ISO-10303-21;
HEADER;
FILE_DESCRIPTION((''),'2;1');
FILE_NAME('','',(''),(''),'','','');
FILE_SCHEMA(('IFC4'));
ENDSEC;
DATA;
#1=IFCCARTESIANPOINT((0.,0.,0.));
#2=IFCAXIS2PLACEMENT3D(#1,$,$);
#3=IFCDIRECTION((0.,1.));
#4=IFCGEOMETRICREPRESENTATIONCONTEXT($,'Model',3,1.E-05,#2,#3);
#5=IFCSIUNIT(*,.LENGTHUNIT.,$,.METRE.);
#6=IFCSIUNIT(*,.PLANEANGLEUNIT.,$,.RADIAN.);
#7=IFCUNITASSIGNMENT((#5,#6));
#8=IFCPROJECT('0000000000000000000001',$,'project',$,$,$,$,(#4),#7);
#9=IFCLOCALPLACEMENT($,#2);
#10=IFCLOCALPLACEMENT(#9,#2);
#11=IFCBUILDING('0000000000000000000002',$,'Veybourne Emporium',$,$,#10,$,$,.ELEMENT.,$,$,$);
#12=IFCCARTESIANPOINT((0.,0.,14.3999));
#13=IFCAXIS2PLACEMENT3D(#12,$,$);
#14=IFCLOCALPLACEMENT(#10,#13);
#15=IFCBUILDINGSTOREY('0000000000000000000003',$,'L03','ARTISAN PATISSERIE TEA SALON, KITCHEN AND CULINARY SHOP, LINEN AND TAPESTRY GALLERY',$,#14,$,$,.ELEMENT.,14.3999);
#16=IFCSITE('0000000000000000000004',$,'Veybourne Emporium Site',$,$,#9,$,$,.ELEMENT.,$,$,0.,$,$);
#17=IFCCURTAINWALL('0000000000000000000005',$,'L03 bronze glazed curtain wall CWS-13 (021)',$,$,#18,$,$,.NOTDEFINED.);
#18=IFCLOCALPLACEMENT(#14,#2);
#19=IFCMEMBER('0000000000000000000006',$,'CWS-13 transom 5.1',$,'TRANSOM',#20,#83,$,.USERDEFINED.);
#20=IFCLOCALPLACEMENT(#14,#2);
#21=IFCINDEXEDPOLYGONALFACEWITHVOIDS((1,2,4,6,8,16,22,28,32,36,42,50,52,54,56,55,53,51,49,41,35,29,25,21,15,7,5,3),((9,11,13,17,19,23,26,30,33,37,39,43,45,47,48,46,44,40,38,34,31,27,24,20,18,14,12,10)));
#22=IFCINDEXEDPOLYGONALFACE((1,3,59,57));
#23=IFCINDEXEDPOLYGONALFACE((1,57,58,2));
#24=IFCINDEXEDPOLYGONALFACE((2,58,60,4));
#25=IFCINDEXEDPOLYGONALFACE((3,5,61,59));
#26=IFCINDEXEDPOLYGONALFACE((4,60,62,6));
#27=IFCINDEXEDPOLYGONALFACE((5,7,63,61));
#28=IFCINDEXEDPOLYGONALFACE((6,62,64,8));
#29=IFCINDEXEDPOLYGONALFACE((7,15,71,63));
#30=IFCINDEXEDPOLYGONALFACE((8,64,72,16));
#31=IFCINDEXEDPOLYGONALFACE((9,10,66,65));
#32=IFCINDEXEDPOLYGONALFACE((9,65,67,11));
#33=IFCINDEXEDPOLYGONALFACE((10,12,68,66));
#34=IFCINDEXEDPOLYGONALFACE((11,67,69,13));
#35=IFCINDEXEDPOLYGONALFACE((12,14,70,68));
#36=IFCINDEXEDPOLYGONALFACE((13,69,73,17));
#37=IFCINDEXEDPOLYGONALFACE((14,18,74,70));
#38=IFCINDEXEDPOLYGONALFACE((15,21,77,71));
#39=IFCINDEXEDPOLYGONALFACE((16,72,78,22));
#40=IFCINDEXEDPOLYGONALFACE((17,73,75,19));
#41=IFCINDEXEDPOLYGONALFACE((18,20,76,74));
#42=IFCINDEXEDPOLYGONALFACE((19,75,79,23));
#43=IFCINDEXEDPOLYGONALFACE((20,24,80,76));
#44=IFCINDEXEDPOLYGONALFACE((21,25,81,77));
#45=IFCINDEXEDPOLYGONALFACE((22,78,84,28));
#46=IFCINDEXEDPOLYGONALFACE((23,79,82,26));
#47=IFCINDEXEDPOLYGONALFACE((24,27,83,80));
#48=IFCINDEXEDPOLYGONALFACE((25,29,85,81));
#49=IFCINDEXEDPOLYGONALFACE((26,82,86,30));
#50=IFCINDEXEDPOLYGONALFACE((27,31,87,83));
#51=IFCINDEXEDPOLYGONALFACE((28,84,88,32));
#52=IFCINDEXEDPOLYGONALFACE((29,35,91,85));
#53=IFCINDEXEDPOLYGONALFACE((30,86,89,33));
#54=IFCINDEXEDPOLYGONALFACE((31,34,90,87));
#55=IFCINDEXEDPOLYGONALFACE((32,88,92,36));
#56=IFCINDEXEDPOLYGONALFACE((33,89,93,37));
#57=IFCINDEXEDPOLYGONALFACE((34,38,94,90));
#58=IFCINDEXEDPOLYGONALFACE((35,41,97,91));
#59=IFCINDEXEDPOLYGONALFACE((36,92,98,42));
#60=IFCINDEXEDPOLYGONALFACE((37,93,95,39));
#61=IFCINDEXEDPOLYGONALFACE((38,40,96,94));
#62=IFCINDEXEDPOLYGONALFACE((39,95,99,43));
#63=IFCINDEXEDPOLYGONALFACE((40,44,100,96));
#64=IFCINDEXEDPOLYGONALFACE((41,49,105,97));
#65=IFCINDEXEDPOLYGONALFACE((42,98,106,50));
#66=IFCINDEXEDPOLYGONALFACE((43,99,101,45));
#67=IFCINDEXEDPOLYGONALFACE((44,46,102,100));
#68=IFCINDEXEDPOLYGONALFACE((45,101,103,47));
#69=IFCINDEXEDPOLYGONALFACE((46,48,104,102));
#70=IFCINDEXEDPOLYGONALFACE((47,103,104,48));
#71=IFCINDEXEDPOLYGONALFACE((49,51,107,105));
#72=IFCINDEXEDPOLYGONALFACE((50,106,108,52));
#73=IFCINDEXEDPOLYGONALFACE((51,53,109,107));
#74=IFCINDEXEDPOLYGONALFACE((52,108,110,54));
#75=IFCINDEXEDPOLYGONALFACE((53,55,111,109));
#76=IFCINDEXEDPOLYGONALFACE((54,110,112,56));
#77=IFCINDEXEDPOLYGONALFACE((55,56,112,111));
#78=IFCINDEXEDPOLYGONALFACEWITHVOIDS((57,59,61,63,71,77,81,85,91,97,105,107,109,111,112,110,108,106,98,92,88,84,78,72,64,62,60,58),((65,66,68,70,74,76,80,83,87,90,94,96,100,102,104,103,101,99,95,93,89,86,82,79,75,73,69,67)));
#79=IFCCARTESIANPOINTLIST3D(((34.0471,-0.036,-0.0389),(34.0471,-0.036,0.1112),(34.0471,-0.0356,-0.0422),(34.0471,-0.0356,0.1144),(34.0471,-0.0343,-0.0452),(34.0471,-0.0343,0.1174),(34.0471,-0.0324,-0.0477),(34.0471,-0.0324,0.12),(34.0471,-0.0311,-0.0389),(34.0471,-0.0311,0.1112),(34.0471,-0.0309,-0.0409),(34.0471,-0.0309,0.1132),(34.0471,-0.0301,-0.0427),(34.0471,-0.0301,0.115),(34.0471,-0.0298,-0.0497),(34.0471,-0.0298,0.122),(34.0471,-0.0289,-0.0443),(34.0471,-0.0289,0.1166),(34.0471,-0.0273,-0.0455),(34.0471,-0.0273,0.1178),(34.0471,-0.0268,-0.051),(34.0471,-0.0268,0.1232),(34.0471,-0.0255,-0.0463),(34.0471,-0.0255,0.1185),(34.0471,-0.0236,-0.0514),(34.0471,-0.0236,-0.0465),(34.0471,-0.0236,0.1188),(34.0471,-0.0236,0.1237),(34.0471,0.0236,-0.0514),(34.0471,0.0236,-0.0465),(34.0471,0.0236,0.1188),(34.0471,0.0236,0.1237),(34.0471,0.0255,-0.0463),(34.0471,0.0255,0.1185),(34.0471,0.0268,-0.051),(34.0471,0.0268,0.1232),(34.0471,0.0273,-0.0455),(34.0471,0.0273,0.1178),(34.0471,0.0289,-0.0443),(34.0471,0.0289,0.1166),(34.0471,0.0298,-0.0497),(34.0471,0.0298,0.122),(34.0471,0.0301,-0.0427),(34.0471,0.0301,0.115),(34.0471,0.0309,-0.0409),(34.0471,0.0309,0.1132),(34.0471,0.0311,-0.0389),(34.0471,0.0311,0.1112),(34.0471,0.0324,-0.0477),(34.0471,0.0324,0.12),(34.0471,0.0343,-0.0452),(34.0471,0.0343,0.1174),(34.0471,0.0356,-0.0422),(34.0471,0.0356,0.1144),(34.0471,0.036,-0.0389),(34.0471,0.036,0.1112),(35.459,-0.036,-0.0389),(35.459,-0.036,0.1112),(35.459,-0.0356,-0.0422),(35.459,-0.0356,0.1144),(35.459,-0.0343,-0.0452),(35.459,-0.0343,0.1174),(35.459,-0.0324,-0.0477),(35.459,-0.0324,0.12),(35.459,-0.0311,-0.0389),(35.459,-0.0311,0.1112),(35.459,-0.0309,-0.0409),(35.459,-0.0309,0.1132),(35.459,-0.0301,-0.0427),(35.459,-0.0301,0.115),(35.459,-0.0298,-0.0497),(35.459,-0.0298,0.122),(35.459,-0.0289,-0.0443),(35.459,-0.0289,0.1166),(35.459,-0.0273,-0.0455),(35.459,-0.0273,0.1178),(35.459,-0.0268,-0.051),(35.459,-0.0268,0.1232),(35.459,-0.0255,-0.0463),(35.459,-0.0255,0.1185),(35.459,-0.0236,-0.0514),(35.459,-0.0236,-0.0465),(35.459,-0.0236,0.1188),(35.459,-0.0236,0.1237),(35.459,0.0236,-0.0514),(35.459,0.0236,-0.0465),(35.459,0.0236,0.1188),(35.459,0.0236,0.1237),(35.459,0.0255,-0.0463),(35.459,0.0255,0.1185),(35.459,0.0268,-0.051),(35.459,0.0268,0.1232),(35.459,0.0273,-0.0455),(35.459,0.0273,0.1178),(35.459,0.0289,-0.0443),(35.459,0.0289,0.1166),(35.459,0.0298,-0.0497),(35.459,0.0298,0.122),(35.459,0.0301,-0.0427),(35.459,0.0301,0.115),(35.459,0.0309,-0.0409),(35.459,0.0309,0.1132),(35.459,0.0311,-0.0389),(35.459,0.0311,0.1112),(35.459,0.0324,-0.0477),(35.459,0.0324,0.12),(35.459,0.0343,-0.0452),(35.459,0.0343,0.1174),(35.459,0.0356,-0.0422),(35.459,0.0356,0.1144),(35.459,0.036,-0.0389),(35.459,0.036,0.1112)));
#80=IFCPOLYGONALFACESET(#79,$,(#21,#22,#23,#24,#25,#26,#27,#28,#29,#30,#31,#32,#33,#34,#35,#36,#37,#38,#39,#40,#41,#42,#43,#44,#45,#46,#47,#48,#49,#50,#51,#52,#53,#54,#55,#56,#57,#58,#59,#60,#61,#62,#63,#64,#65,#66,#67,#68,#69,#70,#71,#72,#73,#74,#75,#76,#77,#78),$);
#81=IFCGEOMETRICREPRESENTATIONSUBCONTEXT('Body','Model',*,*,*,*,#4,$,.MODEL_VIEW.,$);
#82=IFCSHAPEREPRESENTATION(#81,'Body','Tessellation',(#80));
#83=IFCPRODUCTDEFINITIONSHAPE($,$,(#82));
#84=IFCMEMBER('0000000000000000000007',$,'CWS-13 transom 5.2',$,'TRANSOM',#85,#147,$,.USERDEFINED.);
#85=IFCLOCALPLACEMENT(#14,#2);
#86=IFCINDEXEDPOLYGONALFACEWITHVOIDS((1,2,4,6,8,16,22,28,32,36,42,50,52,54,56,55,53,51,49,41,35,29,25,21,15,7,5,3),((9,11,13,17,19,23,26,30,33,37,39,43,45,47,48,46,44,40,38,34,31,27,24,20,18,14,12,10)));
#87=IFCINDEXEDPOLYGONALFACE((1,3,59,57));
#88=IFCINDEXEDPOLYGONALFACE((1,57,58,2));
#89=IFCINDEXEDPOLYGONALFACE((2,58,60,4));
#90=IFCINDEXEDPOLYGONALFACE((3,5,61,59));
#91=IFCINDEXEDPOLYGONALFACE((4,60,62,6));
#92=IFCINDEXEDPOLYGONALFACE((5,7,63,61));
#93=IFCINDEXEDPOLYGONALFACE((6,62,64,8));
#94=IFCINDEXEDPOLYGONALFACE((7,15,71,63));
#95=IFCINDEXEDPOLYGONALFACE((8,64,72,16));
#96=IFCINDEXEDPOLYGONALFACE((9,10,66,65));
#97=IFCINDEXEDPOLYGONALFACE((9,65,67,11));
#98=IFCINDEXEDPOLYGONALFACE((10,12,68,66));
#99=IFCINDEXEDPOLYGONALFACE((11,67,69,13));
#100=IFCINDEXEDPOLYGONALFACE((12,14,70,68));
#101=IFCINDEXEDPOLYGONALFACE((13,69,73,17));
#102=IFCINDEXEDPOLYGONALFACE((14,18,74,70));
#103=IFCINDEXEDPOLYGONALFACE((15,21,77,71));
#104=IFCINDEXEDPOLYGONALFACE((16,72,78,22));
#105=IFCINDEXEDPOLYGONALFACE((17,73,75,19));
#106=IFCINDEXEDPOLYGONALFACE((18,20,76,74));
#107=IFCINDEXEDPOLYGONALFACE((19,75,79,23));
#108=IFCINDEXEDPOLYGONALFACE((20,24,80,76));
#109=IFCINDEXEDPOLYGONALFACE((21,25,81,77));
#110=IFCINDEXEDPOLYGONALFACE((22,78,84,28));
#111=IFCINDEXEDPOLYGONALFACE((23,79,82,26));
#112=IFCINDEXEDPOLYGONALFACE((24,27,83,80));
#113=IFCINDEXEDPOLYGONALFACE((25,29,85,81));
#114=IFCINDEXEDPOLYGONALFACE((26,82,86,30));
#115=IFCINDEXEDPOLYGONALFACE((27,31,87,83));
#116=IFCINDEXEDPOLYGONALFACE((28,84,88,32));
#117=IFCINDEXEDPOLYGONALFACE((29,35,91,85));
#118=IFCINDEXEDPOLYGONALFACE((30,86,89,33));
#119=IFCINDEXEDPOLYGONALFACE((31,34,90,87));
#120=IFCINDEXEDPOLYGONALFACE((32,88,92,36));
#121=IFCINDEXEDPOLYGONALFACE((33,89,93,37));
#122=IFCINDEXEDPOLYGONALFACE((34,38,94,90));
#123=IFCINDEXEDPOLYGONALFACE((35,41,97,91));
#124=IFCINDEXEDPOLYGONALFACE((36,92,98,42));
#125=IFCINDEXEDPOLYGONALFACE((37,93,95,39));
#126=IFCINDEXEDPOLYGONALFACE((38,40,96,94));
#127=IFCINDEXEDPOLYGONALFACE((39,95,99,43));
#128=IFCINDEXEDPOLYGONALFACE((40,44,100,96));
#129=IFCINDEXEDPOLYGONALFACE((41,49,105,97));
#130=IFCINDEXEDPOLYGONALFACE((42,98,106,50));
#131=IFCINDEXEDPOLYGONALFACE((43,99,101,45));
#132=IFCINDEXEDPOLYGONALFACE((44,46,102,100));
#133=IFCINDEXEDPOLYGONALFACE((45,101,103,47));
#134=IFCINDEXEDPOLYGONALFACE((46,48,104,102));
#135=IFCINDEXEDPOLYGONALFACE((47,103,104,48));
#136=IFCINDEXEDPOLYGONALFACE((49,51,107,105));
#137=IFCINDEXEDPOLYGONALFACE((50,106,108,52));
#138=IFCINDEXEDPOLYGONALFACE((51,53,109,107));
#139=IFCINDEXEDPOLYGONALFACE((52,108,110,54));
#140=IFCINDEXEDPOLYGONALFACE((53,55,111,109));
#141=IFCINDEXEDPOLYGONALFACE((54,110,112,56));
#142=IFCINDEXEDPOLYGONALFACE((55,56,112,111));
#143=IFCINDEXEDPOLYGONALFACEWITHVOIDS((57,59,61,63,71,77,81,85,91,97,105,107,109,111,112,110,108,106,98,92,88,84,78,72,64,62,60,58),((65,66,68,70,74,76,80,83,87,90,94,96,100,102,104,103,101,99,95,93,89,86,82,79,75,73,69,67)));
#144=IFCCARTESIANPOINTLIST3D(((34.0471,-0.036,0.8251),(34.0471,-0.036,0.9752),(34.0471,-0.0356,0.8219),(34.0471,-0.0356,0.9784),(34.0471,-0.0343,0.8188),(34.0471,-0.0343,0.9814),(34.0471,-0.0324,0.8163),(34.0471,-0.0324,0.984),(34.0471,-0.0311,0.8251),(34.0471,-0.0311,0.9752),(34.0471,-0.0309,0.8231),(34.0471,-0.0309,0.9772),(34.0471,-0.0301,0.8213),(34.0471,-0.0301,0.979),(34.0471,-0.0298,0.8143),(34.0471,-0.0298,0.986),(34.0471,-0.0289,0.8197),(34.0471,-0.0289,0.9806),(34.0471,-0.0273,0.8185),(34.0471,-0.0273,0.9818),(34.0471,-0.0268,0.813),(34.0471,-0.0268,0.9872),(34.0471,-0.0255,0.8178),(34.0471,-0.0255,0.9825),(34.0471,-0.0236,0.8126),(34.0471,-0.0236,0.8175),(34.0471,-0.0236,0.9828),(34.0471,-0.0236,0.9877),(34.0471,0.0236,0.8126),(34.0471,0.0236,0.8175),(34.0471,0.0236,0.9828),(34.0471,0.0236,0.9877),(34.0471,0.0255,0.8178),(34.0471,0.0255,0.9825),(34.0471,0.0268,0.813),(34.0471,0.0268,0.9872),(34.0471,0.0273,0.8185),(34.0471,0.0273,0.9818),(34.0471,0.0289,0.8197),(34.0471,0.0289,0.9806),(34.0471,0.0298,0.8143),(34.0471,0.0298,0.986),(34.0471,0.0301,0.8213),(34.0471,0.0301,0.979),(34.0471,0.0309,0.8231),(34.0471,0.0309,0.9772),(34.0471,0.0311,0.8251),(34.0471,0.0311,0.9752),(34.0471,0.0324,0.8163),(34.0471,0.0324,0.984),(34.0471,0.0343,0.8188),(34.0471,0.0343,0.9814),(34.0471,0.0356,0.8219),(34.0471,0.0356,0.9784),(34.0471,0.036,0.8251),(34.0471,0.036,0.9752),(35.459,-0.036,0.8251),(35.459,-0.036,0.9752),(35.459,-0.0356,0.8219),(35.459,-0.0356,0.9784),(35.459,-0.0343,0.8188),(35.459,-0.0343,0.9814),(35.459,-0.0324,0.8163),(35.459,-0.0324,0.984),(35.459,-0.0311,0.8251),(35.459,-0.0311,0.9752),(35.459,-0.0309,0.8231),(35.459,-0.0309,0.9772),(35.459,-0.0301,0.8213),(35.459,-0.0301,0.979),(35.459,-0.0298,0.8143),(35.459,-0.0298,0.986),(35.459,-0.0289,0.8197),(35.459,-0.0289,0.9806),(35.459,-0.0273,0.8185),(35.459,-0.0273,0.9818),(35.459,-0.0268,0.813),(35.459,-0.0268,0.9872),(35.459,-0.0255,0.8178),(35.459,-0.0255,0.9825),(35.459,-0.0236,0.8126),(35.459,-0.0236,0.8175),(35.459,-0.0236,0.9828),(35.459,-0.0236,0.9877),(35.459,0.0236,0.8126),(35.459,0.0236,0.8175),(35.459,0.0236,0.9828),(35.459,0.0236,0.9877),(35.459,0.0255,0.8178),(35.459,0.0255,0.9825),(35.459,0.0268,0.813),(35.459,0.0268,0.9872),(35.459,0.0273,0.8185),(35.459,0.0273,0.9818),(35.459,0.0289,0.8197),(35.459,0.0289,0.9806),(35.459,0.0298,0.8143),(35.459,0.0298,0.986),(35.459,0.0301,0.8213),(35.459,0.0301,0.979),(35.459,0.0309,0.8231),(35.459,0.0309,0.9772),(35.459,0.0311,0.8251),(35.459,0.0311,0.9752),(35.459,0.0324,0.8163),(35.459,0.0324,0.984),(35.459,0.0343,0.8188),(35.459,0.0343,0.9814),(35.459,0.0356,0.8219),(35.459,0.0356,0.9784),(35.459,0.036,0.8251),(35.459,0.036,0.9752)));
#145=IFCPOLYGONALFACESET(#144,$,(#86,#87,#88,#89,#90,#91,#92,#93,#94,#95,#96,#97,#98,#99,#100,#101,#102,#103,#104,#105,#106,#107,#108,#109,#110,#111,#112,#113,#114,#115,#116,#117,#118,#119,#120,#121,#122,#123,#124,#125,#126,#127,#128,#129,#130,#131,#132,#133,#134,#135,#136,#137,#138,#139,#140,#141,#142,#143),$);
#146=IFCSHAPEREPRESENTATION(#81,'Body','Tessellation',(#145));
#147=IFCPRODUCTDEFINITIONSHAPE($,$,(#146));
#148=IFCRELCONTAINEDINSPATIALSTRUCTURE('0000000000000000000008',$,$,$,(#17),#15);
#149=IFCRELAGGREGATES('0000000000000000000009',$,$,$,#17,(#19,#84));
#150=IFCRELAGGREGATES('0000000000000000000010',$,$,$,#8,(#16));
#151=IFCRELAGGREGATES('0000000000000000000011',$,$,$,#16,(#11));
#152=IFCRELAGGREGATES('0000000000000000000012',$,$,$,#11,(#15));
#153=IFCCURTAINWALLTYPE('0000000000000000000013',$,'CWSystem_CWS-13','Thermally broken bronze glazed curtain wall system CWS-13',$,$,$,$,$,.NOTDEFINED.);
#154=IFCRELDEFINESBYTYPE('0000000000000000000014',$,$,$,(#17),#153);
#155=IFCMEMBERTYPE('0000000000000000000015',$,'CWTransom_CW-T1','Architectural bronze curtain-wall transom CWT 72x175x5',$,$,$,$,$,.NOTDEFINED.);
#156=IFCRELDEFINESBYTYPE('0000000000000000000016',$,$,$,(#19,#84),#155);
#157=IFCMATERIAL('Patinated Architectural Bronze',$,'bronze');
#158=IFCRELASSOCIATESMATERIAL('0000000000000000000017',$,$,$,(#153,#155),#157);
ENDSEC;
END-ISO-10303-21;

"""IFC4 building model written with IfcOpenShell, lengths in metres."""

from ifc_helpers import new_model, si_unit, direction, frame, origin, origin_2d, place, context, subcontext, project, spatial, hollow_rectangle, extrude, material, material_profile, profile_set, type_object, element, aggregate, save


model = new_model("IFC4")

# Units and contexts
model_context = context("Model", 3, precision=1e-05, world=origin(), true_north=direction((0.0, 1.0)))
body_context = subcontext(model_context, "Body", "Model", "MODEL_VIEW")
ifc_project = project(units=[si_unit("LENGTHUNIT", "METRE"), si_unit("PLANEANGLEUNIT", "RADIAN")], contexts=[model_context])

# Site, building, storey
site_placement = place(None, origin())
site = spatial("IfcSite", under=ifc_project, at=site_placement, Name="Veybourne Emporium Site", CompositionType="ELEMENT", RefElevation=0.0)
building_placement = place(site_placement, origin())
building = spatial("IfcBuilding", under=site, at=building_placement, Name="Veybourne Emporium", CompositionType="ELEMENT")
storey_placement = place(building_placement, frame((0.0, 0.0, 14.3999)))
storey = spatial("IfcBuildingStorey", under=building, at=storey_placement, Name="L03", Description="ARTISAN PATISSERIE TEA SALON, KITCHEN AND CULINARY SHOP, LINEN AND TAPESTRY GALLERY", CompositionType="ELEMENT", Elevation=14.3999)

# Curtain wall, members
ifc_material_1 = material(Name="Patinated Architectural Bronze", Category="bronze")
curtain_wall_type = type_object("IfcCurtainWallType", Name="CWSystem_CWS-13", Description="Thermally broken bronze glazed curtain wall system CWS-13", PredefinedType="NOTDEFINED", material=ifc_material_1)
curtain_wall_placement = place(storey_placement, origin())
curtain_wall = element("IfcCurtainWall", 1, at=curtain_wall_placement, inside=storey, type_object=curtain_wall_type, Name="L03 bronze glazed curtain wall CWS-13 (021)", PredefinedType="NOTDEFINED")
ifc_material_profile_1 = material_profile(ifc_material_1, hollow_rectangle(XDim=0.072, YDim=0.175, WallThickness=0.0049, InnerFilletRadius=0.0076, OuterFilletRadius=0.0125, at=origin_2d()), Name="CWT 72x175x5")
ifc_profile_set_1 = profile_set([ifc_material_profile_1], Name="Patinated Architectural Bronze")
member_type_1 = type_object("IfcMemberType", Name="CWTransom_CW-T1", Description="Architectural bronze curtain-wall transom CWT 72x175x5", PredefinedType="NOTDEFINED", material=ifc_profile_set_1)
member_1_placement = place(storey_placement, frame((35.459, 0.0, 0.0361), z_axis=(-1.0, 0.0, 0.0), x_axis=(0.0, -1.0, 0.0)))
member_1 = element("IfcMember", 2, at=member_1_placement, type_object=member_type_1, Name="CWS-13 transom 5.1", ObjectType="TRANSOM", PredefinedType="USERDEFINED", context=body_context, shape_type="SweptSolid", body=[
    extrude(hollow_rectangle(XDim=0.072, YDim=0.175, WallThickness=0.0049, InnerFilletRadius=0.0076, OuterFilletRadius=0.0125, at=origin_2d()), origin(), (0.0, 0.0, 1.0), 1.4119),
])
member_2_placement = place(storey_placement, frame((35.459, 0.0, 0.9001), z_axis=(-1.0, 0.0, 0.0), x_axis=(0.0, -1.0, 0.0)))
member_2 = element("IfcMember", 3, at=member_2_placement, type_object=member_type_1, Name="CWS-13 transom 5.2", ObjectType="TRANSOM", PredefinedType="USERDEFINED", context=body_context, shape_type="SweptSolid", body=[
    extrude(hollow_rectangle(XDim=0.072, YDim=0.175, WallThickness=0.0049, InnerFilletRadius=0.0076, OuterFilletRadius=0.0125, at=origin_2d()), origin(), (0.0, 0.0, 1.0), 1.4119),
])

aggregate(curtain_wall, [member_1, member_2])

save(model, "model.ifc")
